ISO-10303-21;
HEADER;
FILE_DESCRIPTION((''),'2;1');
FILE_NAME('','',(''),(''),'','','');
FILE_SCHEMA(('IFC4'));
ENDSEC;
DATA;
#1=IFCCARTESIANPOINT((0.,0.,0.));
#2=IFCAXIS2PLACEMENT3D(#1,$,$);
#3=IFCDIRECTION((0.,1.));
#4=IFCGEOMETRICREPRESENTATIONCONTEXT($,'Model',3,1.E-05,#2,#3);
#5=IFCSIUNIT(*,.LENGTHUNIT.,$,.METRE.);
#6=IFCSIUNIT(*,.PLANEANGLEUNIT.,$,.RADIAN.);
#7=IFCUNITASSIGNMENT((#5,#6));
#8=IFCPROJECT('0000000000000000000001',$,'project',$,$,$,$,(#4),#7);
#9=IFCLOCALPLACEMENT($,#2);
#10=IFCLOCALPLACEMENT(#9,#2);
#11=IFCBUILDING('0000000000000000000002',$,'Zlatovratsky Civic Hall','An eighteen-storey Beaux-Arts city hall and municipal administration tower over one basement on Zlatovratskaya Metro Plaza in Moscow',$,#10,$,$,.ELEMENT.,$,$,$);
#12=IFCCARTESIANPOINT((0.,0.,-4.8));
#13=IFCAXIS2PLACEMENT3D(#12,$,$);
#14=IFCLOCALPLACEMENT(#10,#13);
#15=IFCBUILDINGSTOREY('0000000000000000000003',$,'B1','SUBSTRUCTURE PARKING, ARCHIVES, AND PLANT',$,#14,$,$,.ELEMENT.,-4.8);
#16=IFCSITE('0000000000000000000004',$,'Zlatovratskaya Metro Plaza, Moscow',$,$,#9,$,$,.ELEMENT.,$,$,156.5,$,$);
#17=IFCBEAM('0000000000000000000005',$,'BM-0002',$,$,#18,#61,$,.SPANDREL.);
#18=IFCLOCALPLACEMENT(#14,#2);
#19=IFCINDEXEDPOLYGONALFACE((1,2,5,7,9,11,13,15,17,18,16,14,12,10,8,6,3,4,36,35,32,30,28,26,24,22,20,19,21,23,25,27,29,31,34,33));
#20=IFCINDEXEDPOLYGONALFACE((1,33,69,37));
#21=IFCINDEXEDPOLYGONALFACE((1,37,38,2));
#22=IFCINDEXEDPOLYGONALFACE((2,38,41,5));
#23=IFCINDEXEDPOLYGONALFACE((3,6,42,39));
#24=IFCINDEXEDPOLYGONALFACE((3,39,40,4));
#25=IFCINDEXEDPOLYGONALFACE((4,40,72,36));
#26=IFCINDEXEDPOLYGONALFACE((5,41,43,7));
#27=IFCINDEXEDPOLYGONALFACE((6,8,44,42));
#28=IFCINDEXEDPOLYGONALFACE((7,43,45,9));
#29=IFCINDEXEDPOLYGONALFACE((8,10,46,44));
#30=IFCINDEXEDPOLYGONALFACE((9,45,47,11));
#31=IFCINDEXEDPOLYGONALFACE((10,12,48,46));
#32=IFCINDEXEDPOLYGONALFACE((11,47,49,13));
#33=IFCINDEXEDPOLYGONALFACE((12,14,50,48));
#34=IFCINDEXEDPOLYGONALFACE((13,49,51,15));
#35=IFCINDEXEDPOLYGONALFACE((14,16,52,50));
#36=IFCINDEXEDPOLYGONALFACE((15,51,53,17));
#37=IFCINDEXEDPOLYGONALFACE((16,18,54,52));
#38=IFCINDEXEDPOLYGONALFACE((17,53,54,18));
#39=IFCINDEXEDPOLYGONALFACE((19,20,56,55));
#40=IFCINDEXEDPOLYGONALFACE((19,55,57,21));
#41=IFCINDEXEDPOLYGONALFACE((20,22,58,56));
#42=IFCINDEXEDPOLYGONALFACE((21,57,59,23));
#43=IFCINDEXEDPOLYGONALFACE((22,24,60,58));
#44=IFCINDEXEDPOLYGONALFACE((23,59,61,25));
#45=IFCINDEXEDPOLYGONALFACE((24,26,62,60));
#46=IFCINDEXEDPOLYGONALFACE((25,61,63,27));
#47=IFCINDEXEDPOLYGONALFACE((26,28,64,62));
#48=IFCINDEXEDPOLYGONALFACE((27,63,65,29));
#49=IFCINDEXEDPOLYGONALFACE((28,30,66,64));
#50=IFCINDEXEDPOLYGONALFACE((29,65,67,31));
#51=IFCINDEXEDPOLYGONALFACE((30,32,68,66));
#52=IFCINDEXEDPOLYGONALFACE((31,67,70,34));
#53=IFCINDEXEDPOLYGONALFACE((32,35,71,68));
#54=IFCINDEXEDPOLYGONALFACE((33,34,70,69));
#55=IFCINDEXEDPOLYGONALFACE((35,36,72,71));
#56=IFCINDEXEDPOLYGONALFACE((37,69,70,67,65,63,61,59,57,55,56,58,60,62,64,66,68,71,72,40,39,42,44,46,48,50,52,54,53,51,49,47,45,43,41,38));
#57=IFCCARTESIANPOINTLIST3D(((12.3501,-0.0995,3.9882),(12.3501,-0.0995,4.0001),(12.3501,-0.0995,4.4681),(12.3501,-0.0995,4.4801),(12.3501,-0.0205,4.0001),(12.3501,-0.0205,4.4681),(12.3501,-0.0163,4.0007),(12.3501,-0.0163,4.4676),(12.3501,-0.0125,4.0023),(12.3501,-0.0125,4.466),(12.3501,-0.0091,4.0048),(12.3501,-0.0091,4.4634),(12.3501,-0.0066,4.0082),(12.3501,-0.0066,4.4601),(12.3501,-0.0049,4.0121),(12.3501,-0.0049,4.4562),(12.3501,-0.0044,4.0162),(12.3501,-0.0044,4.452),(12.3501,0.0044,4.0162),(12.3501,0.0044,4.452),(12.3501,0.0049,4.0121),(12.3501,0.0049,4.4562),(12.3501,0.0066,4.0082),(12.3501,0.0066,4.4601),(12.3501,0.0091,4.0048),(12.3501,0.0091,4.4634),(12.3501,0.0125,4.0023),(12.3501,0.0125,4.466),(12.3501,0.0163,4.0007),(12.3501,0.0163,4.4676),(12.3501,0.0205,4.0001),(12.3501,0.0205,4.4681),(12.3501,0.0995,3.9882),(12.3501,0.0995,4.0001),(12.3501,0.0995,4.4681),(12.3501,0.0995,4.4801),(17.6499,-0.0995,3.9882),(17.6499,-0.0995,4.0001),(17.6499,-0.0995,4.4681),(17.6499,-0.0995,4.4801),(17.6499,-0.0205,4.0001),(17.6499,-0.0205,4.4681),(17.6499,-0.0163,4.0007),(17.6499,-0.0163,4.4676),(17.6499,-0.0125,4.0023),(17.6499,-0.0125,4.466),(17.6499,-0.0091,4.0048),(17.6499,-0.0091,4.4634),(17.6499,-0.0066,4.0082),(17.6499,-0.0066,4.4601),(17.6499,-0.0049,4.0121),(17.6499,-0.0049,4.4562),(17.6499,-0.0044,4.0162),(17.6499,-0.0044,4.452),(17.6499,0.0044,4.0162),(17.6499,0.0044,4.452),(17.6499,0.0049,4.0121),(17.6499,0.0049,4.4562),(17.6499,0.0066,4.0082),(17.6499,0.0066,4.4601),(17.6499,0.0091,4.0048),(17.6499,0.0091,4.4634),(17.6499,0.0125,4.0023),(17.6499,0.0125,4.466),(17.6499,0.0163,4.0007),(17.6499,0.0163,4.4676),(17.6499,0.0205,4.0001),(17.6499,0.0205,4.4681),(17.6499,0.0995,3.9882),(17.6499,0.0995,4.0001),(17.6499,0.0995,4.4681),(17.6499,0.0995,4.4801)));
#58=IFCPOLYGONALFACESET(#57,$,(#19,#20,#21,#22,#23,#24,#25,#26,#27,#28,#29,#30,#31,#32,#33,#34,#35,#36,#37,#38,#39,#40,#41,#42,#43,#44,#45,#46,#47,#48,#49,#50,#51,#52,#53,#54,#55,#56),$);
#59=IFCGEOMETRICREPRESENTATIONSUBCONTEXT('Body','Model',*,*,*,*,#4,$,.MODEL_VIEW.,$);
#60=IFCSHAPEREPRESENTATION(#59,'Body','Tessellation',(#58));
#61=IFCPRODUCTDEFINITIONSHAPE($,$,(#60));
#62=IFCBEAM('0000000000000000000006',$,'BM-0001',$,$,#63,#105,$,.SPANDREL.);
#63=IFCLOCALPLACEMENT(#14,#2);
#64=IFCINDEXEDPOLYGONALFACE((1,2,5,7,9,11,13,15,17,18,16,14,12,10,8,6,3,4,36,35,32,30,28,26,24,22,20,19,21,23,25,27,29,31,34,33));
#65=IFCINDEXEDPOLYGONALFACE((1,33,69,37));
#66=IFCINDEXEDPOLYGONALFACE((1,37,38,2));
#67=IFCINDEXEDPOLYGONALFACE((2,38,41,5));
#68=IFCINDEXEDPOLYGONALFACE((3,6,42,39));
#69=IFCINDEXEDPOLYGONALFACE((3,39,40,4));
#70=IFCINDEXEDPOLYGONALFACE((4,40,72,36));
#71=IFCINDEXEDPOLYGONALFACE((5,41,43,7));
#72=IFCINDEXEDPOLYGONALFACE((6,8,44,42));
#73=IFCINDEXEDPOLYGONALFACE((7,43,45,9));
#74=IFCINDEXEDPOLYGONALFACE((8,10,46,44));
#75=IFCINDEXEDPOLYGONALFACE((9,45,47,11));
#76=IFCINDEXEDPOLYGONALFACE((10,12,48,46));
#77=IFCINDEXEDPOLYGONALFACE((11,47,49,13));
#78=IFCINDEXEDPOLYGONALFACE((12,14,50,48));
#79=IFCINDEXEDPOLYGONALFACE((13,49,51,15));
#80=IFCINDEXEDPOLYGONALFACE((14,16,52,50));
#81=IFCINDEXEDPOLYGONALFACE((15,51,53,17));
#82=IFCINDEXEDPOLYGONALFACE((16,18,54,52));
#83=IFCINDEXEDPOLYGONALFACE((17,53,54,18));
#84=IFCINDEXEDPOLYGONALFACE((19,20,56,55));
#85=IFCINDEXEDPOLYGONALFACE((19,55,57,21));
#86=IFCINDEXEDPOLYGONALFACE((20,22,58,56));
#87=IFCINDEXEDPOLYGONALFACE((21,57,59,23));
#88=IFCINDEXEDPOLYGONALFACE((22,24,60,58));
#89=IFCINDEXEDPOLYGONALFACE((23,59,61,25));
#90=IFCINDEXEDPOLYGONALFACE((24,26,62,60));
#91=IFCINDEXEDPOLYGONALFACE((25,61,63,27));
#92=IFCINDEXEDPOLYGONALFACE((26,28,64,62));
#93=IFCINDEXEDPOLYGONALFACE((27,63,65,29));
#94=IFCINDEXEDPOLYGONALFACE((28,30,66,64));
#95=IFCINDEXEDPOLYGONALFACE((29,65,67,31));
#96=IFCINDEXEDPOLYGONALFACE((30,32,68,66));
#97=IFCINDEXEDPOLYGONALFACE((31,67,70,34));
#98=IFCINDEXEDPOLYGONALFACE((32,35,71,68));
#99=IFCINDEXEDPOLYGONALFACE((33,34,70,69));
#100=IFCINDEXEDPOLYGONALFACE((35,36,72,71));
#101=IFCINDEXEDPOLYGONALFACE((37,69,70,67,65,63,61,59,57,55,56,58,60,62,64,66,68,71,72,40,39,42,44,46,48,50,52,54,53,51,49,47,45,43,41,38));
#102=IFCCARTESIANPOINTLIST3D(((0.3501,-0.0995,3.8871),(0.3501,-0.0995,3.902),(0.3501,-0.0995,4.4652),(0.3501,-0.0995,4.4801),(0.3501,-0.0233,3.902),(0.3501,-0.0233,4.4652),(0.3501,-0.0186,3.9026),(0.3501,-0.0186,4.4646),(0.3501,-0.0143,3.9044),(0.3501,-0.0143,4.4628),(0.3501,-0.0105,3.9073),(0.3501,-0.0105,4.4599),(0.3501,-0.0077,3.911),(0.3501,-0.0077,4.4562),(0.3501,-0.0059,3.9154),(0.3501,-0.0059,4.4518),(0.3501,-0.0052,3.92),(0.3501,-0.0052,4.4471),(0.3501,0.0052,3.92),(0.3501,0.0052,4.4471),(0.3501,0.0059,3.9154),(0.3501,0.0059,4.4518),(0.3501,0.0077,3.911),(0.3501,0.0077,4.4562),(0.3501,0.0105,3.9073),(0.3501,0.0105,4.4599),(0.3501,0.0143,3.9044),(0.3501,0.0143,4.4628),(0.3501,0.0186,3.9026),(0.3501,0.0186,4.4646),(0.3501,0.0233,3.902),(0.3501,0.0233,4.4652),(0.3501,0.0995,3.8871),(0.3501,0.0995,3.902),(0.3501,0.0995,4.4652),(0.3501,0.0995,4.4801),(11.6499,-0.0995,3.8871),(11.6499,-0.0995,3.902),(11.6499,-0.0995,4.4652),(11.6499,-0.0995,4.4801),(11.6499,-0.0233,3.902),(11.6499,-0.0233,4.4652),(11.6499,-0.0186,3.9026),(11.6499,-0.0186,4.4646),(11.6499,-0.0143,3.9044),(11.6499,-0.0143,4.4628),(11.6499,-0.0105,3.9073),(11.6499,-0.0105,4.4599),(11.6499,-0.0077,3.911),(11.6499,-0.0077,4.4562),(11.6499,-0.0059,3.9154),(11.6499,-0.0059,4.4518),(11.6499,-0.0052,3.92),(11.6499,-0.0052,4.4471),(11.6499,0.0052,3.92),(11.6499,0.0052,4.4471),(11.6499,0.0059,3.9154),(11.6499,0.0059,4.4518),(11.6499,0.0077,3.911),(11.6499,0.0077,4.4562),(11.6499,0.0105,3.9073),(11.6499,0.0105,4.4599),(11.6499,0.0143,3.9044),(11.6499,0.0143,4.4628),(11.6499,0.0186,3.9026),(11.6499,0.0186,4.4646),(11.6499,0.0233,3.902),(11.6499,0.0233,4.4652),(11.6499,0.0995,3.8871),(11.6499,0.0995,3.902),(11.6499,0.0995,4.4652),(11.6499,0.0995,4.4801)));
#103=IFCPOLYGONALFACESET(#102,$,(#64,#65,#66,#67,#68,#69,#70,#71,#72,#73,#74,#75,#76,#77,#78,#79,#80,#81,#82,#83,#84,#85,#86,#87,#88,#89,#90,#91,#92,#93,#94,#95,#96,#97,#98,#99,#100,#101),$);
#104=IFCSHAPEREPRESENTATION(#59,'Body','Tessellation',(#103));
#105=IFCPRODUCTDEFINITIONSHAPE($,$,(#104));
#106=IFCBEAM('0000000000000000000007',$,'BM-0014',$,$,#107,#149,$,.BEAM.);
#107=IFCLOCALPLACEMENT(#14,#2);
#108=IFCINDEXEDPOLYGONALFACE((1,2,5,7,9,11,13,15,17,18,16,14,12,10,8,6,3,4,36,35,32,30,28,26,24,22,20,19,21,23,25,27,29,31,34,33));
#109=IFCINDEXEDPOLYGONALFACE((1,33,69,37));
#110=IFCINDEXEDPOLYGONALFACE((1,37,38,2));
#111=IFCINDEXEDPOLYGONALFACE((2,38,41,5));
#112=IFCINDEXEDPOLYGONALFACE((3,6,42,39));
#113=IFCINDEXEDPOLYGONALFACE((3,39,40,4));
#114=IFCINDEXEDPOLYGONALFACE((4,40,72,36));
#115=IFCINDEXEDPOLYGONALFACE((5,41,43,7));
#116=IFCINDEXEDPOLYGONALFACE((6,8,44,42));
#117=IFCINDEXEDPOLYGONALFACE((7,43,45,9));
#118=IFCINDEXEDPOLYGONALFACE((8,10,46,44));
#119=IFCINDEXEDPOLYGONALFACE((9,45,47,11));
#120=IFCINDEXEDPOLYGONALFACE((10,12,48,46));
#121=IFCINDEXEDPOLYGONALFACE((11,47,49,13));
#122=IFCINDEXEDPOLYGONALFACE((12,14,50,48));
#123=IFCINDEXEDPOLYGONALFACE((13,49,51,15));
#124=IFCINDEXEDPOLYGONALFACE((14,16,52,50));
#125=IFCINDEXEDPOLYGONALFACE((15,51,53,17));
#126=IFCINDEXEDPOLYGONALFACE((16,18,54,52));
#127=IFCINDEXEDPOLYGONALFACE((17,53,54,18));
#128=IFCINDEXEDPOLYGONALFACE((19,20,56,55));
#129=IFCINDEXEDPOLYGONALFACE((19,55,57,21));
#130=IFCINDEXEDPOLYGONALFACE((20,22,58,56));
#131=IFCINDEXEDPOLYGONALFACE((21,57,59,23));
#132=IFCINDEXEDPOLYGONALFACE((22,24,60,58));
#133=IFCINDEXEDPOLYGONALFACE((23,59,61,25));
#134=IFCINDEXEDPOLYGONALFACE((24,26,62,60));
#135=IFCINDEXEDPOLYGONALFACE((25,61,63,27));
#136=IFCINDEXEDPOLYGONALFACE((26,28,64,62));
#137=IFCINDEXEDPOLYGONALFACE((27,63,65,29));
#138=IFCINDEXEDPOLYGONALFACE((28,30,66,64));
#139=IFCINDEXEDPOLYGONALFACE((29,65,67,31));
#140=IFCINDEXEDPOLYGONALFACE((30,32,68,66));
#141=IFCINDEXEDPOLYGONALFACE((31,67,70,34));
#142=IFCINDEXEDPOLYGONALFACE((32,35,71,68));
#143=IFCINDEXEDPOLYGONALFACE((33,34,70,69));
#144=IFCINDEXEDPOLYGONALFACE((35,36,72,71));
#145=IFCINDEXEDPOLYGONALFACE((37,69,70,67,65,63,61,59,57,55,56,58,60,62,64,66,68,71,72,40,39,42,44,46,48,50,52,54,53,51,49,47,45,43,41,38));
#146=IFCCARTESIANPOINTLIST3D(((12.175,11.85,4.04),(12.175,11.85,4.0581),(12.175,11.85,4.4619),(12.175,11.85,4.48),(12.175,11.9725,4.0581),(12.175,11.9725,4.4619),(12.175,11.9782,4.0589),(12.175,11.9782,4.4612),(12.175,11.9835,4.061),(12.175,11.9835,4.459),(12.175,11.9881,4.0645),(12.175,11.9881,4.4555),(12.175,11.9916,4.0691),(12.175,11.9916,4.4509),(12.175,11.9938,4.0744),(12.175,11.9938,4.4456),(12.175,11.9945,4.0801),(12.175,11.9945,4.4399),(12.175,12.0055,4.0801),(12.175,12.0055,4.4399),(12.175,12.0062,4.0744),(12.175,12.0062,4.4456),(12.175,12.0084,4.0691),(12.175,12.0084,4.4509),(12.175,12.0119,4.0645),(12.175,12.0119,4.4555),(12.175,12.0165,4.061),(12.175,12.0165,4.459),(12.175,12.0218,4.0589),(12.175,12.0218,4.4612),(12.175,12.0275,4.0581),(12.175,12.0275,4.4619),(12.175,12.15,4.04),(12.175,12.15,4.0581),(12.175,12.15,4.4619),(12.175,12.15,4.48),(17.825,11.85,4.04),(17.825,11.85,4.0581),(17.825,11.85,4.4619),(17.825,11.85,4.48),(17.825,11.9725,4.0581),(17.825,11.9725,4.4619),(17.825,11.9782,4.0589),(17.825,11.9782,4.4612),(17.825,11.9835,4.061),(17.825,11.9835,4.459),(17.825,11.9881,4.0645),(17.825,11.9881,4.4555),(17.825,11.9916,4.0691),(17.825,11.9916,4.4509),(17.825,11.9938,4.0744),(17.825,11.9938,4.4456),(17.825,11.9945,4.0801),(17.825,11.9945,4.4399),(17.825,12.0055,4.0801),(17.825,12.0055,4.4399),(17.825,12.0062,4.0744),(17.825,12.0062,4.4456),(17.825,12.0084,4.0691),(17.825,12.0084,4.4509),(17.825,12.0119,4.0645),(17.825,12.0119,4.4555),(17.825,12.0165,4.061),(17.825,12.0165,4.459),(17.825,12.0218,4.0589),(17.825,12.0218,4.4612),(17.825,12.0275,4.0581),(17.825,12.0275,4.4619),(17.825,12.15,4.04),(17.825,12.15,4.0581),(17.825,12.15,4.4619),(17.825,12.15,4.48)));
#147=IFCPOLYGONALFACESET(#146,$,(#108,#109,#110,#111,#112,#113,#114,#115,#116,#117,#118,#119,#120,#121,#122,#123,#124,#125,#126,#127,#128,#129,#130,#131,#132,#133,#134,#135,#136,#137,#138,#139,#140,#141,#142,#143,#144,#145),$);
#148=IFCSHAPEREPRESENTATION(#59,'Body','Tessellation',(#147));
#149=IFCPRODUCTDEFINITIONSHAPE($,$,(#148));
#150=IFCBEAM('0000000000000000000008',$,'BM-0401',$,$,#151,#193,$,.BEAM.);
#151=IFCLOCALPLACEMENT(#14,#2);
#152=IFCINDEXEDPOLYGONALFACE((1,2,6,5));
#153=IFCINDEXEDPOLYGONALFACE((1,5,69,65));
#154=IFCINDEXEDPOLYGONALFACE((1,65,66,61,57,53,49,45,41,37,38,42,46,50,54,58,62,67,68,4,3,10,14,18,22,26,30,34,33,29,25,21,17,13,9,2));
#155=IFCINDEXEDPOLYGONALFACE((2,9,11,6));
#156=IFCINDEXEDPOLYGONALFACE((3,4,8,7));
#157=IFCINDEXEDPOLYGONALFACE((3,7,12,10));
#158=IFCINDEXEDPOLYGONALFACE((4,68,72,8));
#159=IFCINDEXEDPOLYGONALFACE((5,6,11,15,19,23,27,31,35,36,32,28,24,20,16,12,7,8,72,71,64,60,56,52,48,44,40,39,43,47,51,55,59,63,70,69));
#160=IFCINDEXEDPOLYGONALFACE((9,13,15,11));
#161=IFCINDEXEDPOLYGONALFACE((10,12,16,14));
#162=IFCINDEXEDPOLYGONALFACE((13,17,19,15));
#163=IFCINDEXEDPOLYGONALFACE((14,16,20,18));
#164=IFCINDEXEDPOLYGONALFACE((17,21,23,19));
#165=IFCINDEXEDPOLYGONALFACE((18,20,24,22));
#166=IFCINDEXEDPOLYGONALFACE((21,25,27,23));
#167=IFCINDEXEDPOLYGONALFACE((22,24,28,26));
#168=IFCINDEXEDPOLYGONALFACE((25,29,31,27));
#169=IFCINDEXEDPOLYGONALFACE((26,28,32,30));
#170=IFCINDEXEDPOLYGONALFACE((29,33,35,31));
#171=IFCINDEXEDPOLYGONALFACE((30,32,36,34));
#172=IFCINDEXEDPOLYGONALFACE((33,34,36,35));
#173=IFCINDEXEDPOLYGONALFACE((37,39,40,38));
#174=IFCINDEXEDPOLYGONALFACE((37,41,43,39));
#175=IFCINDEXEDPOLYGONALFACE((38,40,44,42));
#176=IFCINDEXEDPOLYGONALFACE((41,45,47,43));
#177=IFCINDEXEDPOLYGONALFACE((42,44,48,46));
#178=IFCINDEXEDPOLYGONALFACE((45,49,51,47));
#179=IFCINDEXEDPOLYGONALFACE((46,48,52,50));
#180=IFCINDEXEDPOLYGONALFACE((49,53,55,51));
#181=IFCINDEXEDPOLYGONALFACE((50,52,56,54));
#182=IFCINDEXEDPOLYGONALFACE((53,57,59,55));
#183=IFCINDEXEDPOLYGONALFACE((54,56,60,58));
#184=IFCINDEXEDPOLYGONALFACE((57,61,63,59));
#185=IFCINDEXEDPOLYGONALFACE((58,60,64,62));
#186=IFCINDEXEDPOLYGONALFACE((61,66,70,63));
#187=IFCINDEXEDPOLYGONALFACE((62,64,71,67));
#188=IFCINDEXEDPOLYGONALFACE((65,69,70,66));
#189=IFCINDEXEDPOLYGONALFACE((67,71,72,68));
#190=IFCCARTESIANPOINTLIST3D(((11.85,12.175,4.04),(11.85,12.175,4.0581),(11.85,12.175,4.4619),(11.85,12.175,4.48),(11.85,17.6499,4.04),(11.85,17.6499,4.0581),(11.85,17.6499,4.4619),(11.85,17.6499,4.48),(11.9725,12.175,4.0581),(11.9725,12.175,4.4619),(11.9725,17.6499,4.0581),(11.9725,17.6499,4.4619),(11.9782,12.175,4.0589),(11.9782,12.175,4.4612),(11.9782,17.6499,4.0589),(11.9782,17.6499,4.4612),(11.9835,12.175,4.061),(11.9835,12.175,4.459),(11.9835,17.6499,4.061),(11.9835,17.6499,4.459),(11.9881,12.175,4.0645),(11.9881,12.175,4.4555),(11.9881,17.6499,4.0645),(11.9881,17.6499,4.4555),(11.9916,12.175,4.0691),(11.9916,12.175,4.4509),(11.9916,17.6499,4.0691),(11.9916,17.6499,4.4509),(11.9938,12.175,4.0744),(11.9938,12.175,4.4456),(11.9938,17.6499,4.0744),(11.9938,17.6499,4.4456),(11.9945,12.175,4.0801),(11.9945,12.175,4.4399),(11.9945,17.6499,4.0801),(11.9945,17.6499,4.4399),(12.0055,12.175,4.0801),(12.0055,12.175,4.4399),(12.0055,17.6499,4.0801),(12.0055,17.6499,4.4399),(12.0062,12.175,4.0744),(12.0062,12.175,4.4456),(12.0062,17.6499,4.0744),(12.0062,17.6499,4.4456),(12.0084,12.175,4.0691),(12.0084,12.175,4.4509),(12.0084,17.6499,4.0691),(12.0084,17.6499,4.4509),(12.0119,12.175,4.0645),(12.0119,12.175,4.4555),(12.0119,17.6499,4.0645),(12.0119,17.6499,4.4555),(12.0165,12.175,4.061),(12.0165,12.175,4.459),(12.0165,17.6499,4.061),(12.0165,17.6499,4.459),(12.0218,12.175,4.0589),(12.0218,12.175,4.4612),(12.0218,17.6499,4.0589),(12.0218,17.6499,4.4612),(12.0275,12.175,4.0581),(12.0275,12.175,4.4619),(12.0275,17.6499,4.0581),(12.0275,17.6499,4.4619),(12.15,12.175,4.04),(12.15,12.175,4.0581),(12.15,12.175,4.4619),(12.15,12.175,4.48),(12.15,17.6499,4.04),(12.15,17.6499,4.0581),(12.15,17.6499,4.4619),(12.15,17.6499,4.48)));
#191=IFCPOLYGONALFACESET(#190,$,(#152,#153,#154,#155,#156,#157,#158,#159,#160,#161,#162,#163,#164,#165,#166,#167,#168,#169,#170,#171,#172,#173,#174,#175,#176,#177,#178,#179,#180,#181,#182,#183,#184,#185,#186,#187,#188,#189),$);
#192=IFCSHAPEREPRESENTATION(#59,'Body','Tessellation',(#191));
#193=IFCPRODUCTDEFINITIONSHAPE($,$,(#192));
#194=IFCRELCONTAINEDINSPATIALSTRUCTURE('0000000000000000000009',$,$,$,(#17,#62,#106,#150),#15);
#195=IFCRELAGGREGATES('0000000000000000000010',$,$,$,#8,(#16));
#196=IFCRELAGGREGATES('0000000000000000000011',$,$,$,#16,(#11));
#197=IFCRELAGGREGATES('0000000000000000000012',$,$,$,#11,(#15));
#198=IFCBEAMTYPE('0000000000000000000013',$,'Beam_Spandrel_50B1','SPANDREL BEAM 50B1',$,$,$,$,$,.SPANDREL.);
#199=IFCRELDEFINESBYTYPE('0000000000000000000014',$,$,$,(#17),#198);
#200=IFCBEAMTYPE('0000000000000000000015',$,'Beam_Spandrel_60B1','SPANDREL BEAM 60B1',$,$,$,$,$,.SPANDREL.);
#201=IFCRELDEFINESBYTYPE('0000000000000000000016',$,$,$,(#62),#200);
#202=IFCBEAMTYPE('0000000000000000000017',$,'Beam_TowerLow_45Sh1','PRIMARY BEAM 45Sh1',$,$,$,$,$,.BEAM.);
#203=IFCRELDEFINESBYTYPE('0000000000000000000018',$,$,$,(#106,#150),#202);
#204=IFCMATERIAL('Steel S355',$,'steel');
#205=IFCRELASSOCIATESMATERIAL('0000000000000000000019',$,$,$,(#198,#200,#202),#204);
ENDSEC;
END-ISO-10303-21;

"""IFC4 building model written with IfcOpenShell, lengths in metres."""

from ifc_helpers import new_model, si_unit, direction, frame, origin, origin_2d, place, context, subcontext, project, spatial, i_section, extrude, material, material_profile, profile_set, type_object, element, save


model = new_model("IFC4")

# Units and contexts
model_context = context("Model", 3, precision=1e-05, world=origin(), true_north=direction((0.0, 1.0)))
body_context = subcontext(model_context, "Body", "Model", "MODEL_VIEW")
ifc_project = project(units=[si_unit("LENGTHUNIT", "METRE"), si_unit("PLANEANGLEUNIT", "RADIAN")], contexts=[model_context])

# Site, building, storey
site_placement = place(None, origin())
site = spatial("IfcSite", under=ifc_project, at=site_placement, Name="Zlatovratskaya Metro Plaza, Moscow", CompositionType="ELEMENT", RefElevation=156.5)
building_placement = place(site_placement, origin())
building = spatial("IfcBuilding", under=site, at=building_placement, Name="Zlatovratsky Civic Hall", Description="An eighteen-storey Beaux-Arts city hall and municipal administration tower over one basement on Zlatovratskaya Metro Plaza in Moscow", CompositionType="ELEMENT")
storey_placement = place(building_placement, frame((0.0, 0.0, -4.8)))
storey = spatial("IfcBuildingStorey", under=building, at=storey_placement, Name="B1", Description="SUBSTRUCTURE PARKING, ARCHIVES, AND PLANT", CompositionType="ELEMENT", Elevation=-4.8)

# Shared definitions
ifc_material_1 = material(Name="Steel S355", Category="steel")

# Beams
ifc_material_profile_1 = material_profile(ifc_material_1, i_section(OverallWidth=0.199, OverallDepth=0.4919, WebThickness=0.0088, FlangeThickness=0.012, FilletRadius=0.0161, at=origin_2d()), Name="50B1")
ifc_profile_set_1 = profile_set([ifc_material_profile_1], Name="Steel S355")
beam_type_1 = type_object("IfcBeamType", Name="Beam_Spandrel_50B1", Description="SPANDREL BEAM 50B1", PredefinedType="SPANDREL", material=ifc_profile_set_1)
beam_1_placement = place(storey_placement, frame((12.3501, 0.0, 4.2341), z_axis=(1.0, 0.0, 0.0), x_axis=(0.0, 1.0, 0.0)))
element("IfcBeam", 1, at=beam_1_placement, inside=storey, type_object=beam_type_1, Name="BM-0002", PredefinedType="SPANDREL", context=body_context, shape_type="SweptSolid", body=[
    extrude(i_section(OverallWidth=0.199, OverallDepth=0.4919, WebThickness=0.0088, FlangeThickness=0.012, FilletRadius=0.0161, at=origin_2d()), origin(), (0.0, 0.0, 1.0), 5.2998),
])
ifc_material_profile_2 = material_profile(ifc_material_1, i_section(OverallWidth=0.199, OverallDepth=0.593, WebThickness=0.0105, FlangeThickness=0.0149, FilletRadius=0.0181, at=origin_2d()), Name="60B1")
ifc_profile_set_2 = profile_set([ifc_material_profile_2], Name="Steel S355")
beam_type_2 = type_object("IfcBeamType", Name="Beam_Spandrel_60B1", Description="SPANDREL BEAM 60B1", PredefinedType="SPANDREL", material=ifc_profile_set_2)
beam_2_placement = place(storey_placement, frame((0.3501, 0.0, 4.1836), z_axis=(1.0, 0.0, 0.0), x_axis=(0.0, 1.0, 0.0)))
element("IfcBeam", 2, at=beam_2_placement, inside=storey, type_object=beam_type_2, Name="BM-0001", PredefinedType="SPANDREL", context=body_context, shape_type="SweptSolid", body=[
    extrude(i_section(OverallWidth=0.199, OverallDepth=0.593, WebThickness=0.0105, FlangeThickness=0.0149, FilletRadius=0.0181, at=origin_2d()), origin(), (0.0, 0.0, 1.0), 11.2998),
])
ifc_material_profile_3 = material_profile(ifc_material_1, i_section(OverallWidth=0.3, OverallDepth=0.4399, WebThickness=0.011, FlangeThickness=0.0181, FilletRadius=0.022, at=origin_2d()), Name="45Sh1")
ifc_profile_set_3 = profile_set([ifc_material_profile_3], Name="Steel S355")
beam_type_3 = type_object("IfcBeamType", Name="Beam_TowerLow_45Sh1", Description="PRIMARY BEAM 45Sh1", PredefinedType="BEAM", material=ifc_profile_set_3)
beam_3_placement = place(storey_placement, frame((12.175, 12.0, 4.26), z_axis=(1.0, 0.0, 0.0), x_axis=(0.0, 1.0, 0.0)))
element("IfcBeam", 3, at=beam_3_placement, inside=storey, type_object=beam_type_3, Name="BM-0014", PredefinedType="BEAM", context=body_context, shape_type="SweptSolid", body=[
    extrude(i_section(OverallWidth=0.3, OverallDepth=0.4399, WebThickness=0.011, FlangeThickness=0.0181, FilletRadius=0.022, at=origin_2d()), origin(), (0.0, 0.0, 1.0), 5.6499),
])
beam_4_placement = place(storey_placement, frame((12.0, 12.175, 4.26), z_axis=(0.0, 1.0, 0.0), x_axis=(-1.0, 0.0, 0.0)))
element("IfcBeam", 4, at=beam_4_placement, inside=storey, type_object=beam_type_3, Name="BM-0401", PredefinedType="BEAM", context=body_context, shape_type="SweptSolid", body=[
    extrude(i_section(OverallWidth=0.3, OverallDepth=0.4399, WebThickness=0.011, FlangeThickness=0.0181, FilletRadius=0.022, at=origin_2d()), origin(), (0.0, 0.0, 1.0), 5.4749),
])

save(model, "model.ifc")
